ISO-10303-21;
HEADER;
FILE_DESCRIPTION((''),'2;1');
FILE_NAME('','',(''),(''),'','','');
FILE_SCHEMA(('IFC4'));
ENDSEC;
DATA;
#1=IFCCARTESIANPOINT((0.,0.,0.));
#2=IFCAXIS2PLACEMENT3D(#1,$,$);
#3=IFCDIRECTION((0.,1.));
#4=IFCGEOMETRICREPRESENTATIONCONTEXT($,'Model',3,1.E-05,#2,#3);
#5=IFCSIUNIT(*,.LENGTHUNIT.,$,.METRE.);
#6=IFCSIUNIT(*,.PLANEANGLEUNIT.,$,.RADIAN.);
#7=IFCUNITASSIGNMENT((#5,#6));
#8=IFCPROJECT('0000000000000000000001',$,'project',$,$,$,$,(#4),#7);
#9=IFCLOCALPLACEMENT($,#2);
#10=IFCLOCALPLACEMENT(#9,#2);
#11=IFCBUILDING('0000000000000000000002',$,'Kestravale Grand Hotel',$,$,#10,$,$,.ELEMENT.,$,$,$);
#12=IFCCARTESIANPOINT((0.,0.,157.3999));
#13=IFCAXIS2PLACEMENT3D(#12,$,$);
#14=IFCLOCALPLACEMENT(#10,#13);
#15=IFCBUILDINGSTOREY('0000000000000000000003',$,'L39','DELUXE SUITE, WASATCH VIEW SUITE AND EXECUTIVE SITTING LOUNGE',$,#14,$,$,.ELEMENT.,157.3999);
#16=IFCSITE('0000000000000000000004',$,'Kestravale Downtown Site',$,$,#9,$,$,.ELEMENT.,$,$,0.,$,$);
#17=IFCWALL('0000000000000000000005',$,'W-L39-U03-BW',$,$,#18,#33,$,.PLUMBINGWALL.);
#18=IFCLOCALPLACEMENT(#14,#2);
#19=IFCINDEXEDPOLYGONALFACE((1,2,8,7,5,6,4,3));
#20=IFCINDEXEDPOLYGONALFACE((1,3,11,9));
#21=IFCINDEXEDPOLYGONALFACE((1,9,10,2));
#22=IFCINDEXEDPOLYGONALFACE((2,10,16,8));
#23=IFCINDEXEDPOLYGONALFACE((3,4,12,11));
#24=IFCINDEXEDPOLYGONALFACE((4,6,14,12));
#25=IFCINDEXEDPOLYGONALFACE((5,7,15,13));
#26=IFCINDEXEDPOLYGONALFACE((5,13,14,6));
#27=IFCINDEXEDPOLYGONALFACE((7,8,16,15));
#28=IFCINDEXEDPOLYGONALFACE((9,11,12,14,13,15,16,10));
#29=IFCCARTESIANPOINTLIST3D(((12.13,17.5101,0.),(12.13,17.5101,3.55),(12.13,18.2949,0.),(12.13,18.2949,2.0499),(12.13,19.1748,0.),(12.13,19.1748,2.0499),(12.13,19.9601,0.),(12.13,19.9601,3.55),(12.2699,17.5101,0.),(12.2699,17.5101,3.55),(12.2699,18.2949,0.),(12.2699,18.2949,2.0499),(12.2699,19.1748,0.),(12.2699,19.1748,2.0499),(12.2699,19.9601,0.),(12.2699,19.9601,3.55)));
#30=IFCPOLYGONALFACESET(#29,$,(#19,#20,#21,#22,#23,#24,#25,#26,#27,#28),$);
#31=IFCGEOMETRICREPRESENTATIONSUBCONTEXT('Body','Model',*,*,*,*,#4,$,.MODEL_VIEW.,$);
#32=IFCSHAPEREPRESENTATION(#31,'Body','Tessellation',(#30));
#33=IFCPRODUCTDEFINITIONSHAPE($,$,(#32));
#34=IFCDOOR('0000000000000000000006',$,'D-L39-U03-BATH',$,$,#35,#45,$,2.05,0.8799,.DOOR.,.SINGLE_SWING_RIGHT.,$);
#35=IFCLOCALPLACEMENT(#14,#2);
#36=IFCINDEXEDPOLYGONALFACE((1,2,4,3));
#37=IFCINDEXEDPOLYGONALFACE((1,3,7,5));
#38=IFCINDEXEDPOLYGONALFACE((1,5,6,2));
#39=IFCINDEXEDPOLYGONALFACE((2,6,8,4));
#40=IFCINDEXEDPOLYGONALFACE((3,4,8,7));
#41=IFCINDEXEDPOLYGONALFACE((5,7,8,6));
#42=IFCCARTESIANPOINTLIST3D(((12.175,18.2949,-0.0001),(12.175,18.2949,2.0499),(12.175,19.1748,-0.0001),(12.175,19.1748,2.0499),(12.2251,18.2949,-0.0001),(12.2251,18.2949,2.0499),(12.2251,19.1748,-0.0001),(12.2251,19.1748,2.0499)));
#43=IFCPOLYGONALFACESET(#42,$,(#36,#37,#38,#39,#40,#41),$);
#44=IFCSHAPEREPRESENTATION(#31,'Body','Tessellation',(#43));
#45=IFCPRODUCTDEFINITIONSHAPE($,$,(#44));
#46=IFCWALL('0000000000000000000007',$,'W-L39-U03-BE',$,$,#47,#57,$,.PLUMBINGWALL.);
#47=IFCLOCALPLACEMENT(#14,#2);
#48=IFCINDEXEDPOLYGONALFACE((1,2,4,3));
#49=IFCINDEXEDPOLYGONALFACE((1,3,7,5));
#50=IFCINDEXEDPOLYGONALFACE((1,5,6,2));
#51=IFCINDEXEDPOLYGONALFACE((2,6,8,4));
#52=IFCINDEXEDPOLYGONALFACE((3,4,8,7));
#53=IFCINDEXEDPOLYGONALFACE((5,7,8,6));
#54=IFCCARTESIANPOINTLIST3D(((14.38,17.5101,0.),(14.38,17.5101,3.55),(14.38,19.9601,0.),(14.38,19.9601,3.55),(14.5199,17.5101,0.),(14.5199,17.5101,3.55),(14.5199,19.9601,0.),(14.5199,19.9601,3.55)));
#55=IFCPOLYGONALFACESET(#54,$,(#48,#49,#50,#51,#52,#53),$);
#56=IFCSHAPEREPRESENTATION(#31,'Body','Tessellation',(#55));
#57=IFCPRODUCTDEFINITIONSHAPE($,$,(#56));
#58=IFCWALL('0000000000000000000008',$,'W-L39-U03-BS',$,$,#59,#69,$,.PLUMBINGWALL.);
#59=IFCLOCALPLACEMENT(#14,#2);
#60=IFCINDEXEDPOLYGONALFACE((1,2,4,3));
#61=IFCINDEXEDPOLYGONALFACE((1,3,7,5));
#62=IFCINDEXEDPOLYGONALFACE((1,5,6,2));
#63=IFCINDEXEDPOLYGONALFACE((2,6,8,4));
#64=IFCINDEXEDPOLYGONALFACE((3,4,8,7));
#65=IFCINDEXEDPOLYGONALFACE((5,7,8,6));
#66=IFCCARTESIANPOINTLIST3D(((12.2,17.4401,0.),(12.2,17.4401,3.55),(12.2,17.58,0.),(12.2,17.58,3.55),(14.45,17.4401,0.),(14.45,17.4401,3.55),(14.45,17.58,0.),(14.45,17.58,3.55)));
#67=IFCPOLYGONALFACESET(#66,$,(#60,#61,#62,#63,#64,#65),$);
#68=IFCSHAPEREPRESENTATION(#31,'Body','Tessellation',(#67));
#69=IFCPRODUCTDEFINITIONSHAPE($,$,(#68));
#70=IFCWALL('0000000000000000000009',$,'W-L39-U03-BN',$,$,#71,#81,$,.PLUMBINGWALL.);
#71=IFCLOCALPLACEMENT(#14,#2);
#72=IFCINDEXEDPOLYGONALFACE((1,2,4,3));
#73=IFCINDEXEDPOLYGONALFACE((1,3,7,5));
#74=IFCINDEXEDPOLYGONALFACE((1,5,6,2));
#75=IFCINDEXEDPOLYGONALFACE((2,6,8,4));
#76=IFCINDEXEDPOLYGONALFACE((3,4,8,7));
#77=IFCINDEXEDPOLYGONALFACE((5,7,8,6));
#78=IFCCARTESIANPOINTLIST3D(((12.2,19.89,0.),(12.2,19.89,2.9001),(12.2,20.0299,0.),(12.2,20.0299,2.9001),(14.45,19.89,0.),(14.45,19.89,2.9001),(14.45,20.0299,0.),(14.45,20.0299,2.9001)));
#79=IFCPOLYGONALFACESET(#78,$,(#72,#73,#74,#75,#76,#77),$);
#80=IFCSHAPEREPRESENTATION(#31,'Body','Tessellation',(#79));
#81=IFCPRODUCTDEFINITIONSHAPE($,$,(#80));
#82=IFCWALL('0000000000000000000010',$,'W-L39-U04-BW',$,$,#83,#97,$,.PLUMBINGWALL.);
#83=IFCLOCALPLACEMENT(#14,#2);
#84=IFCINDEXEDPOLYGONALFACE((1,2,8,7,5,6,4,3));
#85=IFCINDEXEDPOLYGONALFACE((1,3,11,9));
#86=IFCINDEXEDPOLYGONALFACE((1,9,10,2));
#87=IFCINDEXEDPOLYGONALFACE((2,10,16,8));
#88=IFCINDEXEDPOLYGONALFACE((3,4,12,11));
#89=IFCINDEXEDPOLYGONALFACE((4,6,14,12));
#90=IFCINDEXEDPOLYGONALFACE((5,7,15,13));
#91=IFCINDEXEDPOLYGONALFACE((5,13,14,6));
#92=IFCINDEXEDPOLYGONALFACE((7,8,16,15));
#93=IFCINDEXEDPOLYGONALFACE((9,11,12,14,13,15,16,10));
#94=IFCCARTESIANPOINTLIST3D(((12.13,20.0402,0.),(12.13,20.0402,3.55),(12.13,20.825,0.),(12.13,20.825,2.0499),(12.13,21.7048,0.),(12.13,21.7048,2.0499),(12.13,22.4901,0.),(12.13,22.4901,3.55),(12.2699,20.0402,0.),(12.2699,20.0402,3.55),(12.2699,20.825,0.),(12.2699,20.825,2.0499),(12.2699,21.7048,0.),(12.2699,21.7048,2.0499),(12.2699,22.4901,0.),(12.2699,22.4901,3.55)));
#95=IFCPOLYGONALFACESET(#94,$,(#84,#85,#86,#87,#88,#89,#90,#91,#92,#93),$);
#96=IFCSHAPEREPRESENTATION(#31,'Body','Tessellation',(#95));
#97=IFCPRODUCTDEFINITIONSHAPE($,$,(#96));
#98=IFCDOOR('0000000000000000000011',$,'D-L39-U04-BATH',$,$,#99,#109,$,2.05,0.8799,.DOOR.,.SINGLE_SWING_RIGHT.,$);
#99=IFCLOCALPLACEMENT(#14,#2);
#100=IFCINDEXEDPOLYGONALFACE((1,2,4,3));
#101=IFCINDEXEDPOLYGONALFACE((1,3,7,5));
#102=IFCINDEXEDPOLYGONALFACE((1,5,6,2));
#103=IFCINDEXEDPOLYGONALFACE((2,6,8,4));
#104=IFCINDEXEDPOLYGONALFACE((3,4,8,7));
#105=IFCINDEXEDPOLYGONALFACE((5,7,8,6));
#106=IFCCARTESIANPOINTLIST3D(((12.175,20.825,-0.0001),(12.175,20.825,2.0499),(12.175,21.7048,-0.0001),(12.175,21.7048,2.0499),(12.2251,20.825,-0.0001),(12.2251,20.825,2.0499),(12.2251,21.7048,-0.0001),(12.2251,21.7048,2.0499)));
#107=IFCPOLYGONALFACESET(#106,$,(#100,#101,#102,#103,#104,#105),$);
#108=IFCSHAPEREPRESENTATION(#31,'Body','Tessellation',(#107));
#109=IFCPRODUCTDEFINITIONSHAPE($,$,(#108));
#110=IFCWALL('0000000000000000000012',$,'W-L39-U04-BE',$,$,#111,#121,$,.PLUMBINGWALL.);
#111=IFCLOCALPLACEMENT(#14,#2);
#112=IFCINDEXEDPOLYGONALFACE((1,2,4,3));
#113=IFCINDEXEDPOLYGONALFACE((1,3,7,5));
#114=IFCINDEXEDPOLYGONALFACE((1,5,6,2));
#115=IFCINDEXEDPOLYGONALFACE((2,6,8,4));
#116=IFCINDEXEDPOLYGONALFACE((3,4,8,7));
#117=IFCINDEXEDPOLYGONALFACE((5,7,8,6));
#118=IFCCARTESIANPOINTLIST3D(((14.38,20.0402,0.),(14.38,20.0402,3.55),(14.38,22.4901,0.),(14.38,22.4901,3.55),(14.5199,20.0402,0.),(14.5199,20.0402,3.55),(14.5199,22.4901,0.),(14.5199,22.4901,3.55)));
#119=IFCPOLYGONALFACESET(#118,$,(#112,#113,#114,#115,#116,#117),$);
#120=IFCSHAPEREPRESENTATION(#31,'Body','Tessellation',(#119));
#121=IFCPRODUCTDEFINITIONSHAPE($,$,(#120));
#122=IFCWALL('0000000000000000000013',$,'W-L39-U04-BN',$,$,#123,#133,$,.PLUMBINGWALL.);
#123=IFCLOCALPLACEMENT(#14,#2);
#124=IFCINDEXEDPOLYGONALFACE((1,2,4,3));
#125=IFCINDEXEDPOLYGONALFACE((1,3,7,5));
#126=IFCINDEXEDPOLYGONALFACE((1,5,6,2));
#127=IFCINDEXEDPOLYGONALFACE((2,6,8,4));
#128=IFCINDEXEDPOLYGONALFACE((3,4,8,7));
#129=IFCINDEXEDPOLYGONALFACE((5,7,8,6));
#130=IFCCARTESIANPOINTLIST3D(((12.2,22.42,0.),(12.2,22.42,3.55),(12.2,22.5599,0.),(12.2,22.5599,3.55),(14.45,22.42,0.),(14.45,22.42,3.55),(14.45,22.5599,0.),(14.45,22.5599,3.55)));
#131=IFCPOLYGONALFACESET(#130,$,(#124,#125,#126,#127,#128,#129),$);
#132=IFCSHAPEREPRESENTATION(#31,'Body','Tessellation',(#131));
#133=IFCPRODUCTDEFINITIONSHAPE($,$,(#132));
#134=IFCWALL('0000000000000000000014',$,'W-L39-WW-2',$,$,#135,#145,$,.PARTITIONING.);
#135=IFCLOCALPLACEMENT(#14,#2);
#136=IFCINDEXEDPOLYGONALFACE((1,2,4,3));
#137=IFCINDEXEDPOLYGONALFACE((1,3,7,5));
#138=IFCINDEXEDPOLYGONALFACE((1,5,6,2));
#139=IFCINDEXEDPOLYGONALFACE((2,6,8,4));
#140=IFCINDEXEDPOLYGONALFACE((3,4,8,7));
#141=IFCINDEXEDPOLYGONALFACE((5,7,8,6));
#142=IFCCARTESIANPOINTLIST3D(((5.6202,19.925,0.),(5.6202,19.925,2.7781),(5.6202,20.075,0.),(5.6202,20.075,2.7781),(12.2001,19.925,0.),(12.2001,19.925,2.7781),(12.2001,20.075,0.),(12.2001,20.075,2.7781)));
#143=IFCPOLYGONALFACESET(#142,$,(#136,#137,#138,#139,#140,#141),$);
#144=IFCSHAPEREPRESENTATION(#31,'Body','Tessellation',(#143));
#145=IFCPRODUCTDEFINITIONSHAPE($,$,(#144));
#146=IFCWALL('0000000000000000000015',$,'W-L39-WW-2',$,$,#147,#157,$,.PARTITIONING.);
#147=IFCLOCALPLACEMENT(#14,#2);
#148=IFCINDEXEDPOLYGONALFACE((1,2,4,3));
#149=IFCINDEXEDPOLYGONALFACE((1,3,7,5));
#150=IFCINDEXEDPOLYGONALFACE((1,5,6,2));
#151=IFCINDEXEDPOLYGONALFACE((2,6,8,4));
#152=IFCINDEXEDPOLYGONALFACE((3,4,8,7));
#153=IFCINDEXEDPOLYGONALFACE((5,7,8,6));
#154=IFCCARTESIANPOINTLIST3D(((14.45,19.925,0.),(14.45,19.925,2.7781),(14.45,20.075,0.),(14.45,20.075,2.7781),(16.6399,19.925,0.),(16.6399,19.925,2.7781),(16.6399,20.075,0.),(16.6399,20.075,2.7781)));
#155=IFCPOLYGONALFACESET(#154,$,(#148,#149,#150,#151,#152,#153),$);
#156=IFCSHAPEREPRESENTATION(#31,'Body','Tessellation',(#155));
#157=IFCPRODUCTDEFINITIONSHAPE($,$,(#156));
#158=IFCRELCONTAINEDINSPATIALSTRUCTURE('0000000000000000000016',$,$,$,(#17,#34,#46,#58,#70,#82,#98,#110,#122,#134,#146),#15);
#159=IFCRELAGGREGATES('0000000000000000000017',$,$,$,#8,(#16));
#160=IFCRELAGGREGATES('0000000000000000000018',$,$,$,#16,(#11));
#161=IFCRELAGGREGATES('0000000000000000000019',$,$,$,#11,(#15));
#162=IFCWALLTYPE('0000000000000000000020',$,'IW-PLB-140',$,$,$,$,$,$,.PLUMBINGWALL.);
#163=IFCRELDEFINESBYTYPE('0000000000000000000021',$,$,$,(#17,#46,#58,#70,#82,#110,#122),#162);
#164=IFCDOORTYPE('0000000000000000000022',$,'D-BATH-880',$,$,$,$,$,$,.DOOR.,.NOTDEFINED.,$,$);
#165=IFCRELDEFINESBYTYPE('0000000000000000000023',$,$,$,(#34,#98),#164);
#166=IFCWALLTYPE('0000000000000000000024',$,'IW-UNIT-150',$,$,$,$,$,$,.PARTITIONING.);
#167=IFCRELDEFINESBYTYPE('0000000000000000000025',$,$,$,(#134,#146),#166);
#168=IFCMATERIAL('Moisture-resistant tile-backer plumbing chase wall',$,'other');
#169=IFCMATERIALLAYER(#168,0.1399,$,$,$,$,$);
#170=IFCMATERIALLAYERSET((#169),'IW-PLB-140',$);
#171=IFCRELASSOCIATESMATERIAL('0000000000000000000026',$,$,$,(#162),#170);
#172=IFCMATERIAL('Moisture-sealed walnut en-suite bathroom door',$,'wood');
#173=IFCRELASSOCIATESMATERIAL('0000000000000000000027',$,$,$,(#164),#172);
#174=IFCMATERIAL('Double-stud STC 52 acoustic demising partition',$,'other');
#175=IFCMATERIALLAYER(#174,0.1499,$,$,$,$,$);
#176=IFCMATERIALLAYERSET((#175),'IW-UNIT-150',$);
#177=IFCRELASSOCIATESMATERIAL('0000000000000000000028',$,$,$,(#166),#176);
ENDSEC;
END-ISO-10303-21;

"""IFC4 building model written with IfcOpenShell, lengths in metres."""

from ifc_helpers import new_model, si_unit, direction, frame, frame_2d, origin, place, context, subcontext, project, spatial, rectangle, extrude, material, layer, layer_set, type_object, element, fill, save


model = new_model("IFC4")

# Units and contexts
model_context = context("Model", 3, precision=1e-05, world=origin(), true_north=direction((0.0, 1.0)))
body_context = subcontext(model_context, "Body", "Model", "MODEL_VIEW")
ifc_project = project(units=[si_unit("LENGTHUNIT", "METRE"), si_unit("PLANEANGLEUNIT", "RADIAN")], contexts=[model_context])

# Site, building, storey
site_placement = place(None, origin())
site = spatial("IfcSite", under=ifc_project, at=site_placement, Name="Kestravale Downtown Site", CompositionType="ELEMENT", RefElevation=0.0)
building_placement = place(site_placement, origin())
building = spatial("IfcBuilding", under=site, at=building_placement, Name="Kestravale Grand Hotel", CompositionType="ELEMENT")
storey_placement = place(building_placement, frame((0.0, 0.0, 157.3999)))
storey = spatial("IfcBuildingStorey", under=building, at=storey_placement, Name="L39", Description="DELUXE SUITE, WASATCH VIEW SUITE AND EXECUTIVE SITTING LOUNGE", CompositionType="ELEMENT", Elevation=157.3999)

# Wall, opening, door
ifc_material_1 = material(Name="Moisture-resistant tile-backer plumbing chase wall", Category="other")
ifc_layer_1 = layer(ifc_material_1, 0.1399)
ifc_layer_set_1 = layer_set([ifc_layer_1], Name="IW-PLB-140")
wall_type_1 = type_object("IfcWallType", Name="IW-PLB-140", PredefinedType="PLUMBINGWALL", material=ifc_layer_set_1)
wall_1_placement = place(storey_placement, frame((12.2, 17.51, 0.0), z_axis=(0.0, 0.0, 1.0), x_axis=(0.0, 1.0, 0.0)))
wall_1 = element("IfcWall", 1, at=wall_1_placement, inside=storey, type_object=wall_type_1, Name="W-L39-U03-BW", PredefinedType="PLUMBINGWALL", context=body_context, shape_type="SweptSolid", body=[
    extrude(rectangle(XDim=2.45, YDim=0.1399, at=frame_2d((1.2251, 0.0))), origin(), (0.0, 0.0, 1.0), 3.55),
])
opening_1_placement = place(wall_1_placement, frame((0.7849, 0.0, 0.0)))
opening_1 = element("IfcOpeningElement", 2, at=opening_1_placement, cuts=wall_1, PredefinedType="OPENING", context=body_context, shape_type="SweptSolid", body=[
    extrude(rectangle(XDim=0.8799, YDim=2.05, at=frame_2d((0.4399, 1.0249))), frame((0.0, 0.0798, 0.0), z_axis=(0.0, -1.0, 0.0), x_axis=(1.0, 0.0, 0.0)), (0.0, 0.0, 1.0), 0.1599),
])
ifc_material_2 = material(Name="Moisture-sealed walnut en-suite bathroom door", Category="wood")
door_type = type_object("IfcDoorType", Name="D-BATH-880", OperationType="NOTDEFINED", PredefinedType="DOOR", material=ifc_material_2)
door_1_placement = place(opening_1_placement, origin())
door_1 = element("IfcDoor", 3, at=door_1_placement, inside=storey, type_object=door_type, Name="D-L39-U03-BATH", OperationType="SINGLE_SWING_RIGHT", OverallHeight=2.05, OverallWidth=0.8799, PredefinedType="DOOR", context=body_context, shape_type="SweptSolid", body=[
    extrude(rectangle(XDim=0.8799, YDim=2.05, at=frame_2d((0.4399, 1.0249))), frame((0.0, 0.0249, 0.0), z_axis=(0.0, -1.0, 0.0), x_axis=(1.0, 0.0, 0.0)), (0.0, 0.0, 1.0), 0.05),
])
fill(opening_1, door_1)

# Walls
wall_2_placement = place(storey_placement, frame((14.45, 17.51, 0.0), z_axis=(0.0, 0.0, 1.0), x_axis=(0.0, 1.0, 0.0)))
element("IfcWall", 4, at=wall_2_placement, inside=storey, type_object=wall_type_1, Name="W-L39-U03-BE", PredefinedType="PLUMBINGWALL", context=body_context, shape_type="SweptSolid", body=[
    extrude(rectangle(XDim=2.45, YDim=0.1399, at=frame_2d((1.2251, 0.0))), origin(), (0.0, 0.0, 1.0), 3.55),
])
wall_3_placement = place(storey_placement, frame((12.2, 17.51, 0.0), z_axis=(0.0, 0.0, 1.0), x_axis=(1.0, 0.0, 0.0)))
element("IfcWall", 5, at=wall_3_placement, inside=storey, type_object=wall_type_1, Name="W-L39-U03-BS", PredefinedType="PLUMBINGWALL", context=body_context, shape_type="SweptSolid", body=[
    extrude(rectangle(XDim=2.25, YDim=0.1399, at=frame_2d((1.125, 0.0))), origin(), (0.0, 0.0, 1.0), 3.55),
])
wall_4_placement = place(storey_placement, frame((12.2, 19.96, 0.0), z_axis=(0.0, 0.0, 1.0), x_axis=(1.0, 0.0, 0.0)))
element("IfcWall", 6, at=wall_4_placement, inside=storey, type_object=wall_type_1, Name="W-L39-U03-BN", PredefinedType="PLUMBINGWALL", context=body_context, shape_type="SweptSolid", body=[
    extrude(rectangle(XDim=2.25, YDim=0.1399, at=frame_2d((1.125, 0.0))), origin(), (0.0, 0.0, 1.0), 2.9001),
])

# Wall, opening, door
wall_5_placement = place(storey_placement, frame((12.2, 20.04, 0.0), z_axis=(0.0, 0.0, 1.0), x_axis=(0.0, 1.0, 0.0)))
wall_5 = element("IfcWall", 7, at=wall_5_placement, inside=storey, type_object=wall_type_1, Name="W-L39-U04-BW", PredefinedType="PLUMBINGWALL", context=body_context, shape_type="SweptSolid", body=[
    extrude(rectangle(XDim=2.45, YDim=0.1399, at=frame_2d((1.2251, 0.0))), origin(), (0.0, 0.0, 1.0), 3.55),
])
opening_2_placement = place(wall_5_placement, frame((0.7849, 0.0, 0.0)))
opening_2 = element("IfcOpeningElement", 8, at=opening_2_placement, cuts=wall_5, PredefinedType="OPENING", context=body_context, shape_type="SweptSolid", body=[
    extrude(rectangle(XDim=0.8799, YDim=2.05, at=frame_2d((0.4399, 1.0249))), frame((0.0, 0.0798, 0.0), z_axis=(0.0, -1.0, 0.0), x_axis=(1.0, 0.0, 0.0)), (0.0, 0.0, 1.0), 0.1599),
])
door_2_placement = place(opening_2_placement, origin())
door_2 = element("IfcDoor", 9, at=door_2_placement, inside=storey, type_object=door_type, Name="D-L39-U04-BATH", OperationType="SINGLE_SWING_RIGHT", OverallHeight=2.05, OverallWidth=0.8799, PredefinedType="DOOR", context=body_context, shape_type="SweptSolid", body=[
    extrude(rectangle(XDim=0.8799, YDim=2.05, at=frame_2d((0.4399, 1.0249))), frame((0.0, 0.0249, 0.0), z_axis=(0.0, -1.0, 0.0), x_axis=(1.0, 0.0, 0.0)), (0.0, 0.0, 1.0), 0.05),
])
fill(opening_2, door_2)

# Walls
wall_6_placement = place(storey_placement, frame((14.45, 20.04, 0.0), z_axis=(0.0, 0.0, 1.0), x_axis=(0.0, 1.0, 0.0)))
element("IfcWall", 10, at=wall_6_placement, inside=storey, type_object=wall_type_1, Name="W-L39-U04-BE", PredefinedType="PLUMBINGWALL", context=body_context, shape_type="SweptSolid", body=[
    extrude(rectangle(XDim=2.45, YDim=0.1399, at=frame_2d((1.2251, 0.0))), origin(), (0.0, 0.0, 1.0), 3.55),
])
wall_7_placement = place(storey_placement, frame((12.2, 22.49, 0.0), z_axis=(0.0, 0.0, 1.0), x_axis=(1.0, 0.0, 0.0)))
element("IfcWall", 11, at=wall_7_placement, inside=storey, type_object=wall_type_1, Name="W-L39-U04-BN", PredefinedType="PLUMBINGWALL", context=body_context, shape_type="SweptSolid", body=[
    extrude(rectangle(XDim=2.25, YDim=0.1399, at=frame_2d((1.125, 0.0))), origin(), (0.0, 0.0, 1.0), 3.55),
])
ifc_material_3 = material(Name="Double-stud STC 52 acoustic demising partition", Category="other")
ifc_layer_2 = layer(ifc_material_3, 0.1499)
ifc_layer_set_2 = layer_set([ifc_layer_2], Name="IW-UNIT-150")
wall_type_2 = type_object("IfcWallType", Name="IW-UNIT-150", PredefinedType="PARTITIONING", material=ifc_layer_set_2)
wall_8_placement = place(storey_placement, frame((5.6201, 20.0, 0.0), z_axis=(0.0, 0.0, 1.0), x_axis=(1.0, 0.0, 0.0)))
element("IfcWall", 12, at=wall_8_placement, inside=storey, type_object=wall_type_2, Name="W-L39-WW-2", PredefinedType="PARTITIONING", context=body_context, shape_type="SweptSolid", body=[
    extrude(rectangle(XDim=6.5798, YDim=0.1499, at=frame_2d((3.29, 0.0))), origin(), (0.0, 0.0, 1.0), 2.7781),
])
wall_9_placement = place(storey_placement, frame((14.45, 20.0, 0.0), z_axis=(0.0, 0.0, 1.0), x_axis=(1.0, 0.0, 0.0)))
element("IfcWall", 13, at=wall_9_placement, inside=storey, type_object=wall_type_2, Name="W-L39-WW-2", PredefinedType="PARTITIONING", context=body_context, shape_type="SweptSolid", body=[
    extrude(rectangle(XDim=2.1899, YDim=0.1499, at=frame_2d((1.095, 0.0))), origin(), (0.0, 0.0, 1.0), 2.7781),
])

save(model, "model.ifc")
